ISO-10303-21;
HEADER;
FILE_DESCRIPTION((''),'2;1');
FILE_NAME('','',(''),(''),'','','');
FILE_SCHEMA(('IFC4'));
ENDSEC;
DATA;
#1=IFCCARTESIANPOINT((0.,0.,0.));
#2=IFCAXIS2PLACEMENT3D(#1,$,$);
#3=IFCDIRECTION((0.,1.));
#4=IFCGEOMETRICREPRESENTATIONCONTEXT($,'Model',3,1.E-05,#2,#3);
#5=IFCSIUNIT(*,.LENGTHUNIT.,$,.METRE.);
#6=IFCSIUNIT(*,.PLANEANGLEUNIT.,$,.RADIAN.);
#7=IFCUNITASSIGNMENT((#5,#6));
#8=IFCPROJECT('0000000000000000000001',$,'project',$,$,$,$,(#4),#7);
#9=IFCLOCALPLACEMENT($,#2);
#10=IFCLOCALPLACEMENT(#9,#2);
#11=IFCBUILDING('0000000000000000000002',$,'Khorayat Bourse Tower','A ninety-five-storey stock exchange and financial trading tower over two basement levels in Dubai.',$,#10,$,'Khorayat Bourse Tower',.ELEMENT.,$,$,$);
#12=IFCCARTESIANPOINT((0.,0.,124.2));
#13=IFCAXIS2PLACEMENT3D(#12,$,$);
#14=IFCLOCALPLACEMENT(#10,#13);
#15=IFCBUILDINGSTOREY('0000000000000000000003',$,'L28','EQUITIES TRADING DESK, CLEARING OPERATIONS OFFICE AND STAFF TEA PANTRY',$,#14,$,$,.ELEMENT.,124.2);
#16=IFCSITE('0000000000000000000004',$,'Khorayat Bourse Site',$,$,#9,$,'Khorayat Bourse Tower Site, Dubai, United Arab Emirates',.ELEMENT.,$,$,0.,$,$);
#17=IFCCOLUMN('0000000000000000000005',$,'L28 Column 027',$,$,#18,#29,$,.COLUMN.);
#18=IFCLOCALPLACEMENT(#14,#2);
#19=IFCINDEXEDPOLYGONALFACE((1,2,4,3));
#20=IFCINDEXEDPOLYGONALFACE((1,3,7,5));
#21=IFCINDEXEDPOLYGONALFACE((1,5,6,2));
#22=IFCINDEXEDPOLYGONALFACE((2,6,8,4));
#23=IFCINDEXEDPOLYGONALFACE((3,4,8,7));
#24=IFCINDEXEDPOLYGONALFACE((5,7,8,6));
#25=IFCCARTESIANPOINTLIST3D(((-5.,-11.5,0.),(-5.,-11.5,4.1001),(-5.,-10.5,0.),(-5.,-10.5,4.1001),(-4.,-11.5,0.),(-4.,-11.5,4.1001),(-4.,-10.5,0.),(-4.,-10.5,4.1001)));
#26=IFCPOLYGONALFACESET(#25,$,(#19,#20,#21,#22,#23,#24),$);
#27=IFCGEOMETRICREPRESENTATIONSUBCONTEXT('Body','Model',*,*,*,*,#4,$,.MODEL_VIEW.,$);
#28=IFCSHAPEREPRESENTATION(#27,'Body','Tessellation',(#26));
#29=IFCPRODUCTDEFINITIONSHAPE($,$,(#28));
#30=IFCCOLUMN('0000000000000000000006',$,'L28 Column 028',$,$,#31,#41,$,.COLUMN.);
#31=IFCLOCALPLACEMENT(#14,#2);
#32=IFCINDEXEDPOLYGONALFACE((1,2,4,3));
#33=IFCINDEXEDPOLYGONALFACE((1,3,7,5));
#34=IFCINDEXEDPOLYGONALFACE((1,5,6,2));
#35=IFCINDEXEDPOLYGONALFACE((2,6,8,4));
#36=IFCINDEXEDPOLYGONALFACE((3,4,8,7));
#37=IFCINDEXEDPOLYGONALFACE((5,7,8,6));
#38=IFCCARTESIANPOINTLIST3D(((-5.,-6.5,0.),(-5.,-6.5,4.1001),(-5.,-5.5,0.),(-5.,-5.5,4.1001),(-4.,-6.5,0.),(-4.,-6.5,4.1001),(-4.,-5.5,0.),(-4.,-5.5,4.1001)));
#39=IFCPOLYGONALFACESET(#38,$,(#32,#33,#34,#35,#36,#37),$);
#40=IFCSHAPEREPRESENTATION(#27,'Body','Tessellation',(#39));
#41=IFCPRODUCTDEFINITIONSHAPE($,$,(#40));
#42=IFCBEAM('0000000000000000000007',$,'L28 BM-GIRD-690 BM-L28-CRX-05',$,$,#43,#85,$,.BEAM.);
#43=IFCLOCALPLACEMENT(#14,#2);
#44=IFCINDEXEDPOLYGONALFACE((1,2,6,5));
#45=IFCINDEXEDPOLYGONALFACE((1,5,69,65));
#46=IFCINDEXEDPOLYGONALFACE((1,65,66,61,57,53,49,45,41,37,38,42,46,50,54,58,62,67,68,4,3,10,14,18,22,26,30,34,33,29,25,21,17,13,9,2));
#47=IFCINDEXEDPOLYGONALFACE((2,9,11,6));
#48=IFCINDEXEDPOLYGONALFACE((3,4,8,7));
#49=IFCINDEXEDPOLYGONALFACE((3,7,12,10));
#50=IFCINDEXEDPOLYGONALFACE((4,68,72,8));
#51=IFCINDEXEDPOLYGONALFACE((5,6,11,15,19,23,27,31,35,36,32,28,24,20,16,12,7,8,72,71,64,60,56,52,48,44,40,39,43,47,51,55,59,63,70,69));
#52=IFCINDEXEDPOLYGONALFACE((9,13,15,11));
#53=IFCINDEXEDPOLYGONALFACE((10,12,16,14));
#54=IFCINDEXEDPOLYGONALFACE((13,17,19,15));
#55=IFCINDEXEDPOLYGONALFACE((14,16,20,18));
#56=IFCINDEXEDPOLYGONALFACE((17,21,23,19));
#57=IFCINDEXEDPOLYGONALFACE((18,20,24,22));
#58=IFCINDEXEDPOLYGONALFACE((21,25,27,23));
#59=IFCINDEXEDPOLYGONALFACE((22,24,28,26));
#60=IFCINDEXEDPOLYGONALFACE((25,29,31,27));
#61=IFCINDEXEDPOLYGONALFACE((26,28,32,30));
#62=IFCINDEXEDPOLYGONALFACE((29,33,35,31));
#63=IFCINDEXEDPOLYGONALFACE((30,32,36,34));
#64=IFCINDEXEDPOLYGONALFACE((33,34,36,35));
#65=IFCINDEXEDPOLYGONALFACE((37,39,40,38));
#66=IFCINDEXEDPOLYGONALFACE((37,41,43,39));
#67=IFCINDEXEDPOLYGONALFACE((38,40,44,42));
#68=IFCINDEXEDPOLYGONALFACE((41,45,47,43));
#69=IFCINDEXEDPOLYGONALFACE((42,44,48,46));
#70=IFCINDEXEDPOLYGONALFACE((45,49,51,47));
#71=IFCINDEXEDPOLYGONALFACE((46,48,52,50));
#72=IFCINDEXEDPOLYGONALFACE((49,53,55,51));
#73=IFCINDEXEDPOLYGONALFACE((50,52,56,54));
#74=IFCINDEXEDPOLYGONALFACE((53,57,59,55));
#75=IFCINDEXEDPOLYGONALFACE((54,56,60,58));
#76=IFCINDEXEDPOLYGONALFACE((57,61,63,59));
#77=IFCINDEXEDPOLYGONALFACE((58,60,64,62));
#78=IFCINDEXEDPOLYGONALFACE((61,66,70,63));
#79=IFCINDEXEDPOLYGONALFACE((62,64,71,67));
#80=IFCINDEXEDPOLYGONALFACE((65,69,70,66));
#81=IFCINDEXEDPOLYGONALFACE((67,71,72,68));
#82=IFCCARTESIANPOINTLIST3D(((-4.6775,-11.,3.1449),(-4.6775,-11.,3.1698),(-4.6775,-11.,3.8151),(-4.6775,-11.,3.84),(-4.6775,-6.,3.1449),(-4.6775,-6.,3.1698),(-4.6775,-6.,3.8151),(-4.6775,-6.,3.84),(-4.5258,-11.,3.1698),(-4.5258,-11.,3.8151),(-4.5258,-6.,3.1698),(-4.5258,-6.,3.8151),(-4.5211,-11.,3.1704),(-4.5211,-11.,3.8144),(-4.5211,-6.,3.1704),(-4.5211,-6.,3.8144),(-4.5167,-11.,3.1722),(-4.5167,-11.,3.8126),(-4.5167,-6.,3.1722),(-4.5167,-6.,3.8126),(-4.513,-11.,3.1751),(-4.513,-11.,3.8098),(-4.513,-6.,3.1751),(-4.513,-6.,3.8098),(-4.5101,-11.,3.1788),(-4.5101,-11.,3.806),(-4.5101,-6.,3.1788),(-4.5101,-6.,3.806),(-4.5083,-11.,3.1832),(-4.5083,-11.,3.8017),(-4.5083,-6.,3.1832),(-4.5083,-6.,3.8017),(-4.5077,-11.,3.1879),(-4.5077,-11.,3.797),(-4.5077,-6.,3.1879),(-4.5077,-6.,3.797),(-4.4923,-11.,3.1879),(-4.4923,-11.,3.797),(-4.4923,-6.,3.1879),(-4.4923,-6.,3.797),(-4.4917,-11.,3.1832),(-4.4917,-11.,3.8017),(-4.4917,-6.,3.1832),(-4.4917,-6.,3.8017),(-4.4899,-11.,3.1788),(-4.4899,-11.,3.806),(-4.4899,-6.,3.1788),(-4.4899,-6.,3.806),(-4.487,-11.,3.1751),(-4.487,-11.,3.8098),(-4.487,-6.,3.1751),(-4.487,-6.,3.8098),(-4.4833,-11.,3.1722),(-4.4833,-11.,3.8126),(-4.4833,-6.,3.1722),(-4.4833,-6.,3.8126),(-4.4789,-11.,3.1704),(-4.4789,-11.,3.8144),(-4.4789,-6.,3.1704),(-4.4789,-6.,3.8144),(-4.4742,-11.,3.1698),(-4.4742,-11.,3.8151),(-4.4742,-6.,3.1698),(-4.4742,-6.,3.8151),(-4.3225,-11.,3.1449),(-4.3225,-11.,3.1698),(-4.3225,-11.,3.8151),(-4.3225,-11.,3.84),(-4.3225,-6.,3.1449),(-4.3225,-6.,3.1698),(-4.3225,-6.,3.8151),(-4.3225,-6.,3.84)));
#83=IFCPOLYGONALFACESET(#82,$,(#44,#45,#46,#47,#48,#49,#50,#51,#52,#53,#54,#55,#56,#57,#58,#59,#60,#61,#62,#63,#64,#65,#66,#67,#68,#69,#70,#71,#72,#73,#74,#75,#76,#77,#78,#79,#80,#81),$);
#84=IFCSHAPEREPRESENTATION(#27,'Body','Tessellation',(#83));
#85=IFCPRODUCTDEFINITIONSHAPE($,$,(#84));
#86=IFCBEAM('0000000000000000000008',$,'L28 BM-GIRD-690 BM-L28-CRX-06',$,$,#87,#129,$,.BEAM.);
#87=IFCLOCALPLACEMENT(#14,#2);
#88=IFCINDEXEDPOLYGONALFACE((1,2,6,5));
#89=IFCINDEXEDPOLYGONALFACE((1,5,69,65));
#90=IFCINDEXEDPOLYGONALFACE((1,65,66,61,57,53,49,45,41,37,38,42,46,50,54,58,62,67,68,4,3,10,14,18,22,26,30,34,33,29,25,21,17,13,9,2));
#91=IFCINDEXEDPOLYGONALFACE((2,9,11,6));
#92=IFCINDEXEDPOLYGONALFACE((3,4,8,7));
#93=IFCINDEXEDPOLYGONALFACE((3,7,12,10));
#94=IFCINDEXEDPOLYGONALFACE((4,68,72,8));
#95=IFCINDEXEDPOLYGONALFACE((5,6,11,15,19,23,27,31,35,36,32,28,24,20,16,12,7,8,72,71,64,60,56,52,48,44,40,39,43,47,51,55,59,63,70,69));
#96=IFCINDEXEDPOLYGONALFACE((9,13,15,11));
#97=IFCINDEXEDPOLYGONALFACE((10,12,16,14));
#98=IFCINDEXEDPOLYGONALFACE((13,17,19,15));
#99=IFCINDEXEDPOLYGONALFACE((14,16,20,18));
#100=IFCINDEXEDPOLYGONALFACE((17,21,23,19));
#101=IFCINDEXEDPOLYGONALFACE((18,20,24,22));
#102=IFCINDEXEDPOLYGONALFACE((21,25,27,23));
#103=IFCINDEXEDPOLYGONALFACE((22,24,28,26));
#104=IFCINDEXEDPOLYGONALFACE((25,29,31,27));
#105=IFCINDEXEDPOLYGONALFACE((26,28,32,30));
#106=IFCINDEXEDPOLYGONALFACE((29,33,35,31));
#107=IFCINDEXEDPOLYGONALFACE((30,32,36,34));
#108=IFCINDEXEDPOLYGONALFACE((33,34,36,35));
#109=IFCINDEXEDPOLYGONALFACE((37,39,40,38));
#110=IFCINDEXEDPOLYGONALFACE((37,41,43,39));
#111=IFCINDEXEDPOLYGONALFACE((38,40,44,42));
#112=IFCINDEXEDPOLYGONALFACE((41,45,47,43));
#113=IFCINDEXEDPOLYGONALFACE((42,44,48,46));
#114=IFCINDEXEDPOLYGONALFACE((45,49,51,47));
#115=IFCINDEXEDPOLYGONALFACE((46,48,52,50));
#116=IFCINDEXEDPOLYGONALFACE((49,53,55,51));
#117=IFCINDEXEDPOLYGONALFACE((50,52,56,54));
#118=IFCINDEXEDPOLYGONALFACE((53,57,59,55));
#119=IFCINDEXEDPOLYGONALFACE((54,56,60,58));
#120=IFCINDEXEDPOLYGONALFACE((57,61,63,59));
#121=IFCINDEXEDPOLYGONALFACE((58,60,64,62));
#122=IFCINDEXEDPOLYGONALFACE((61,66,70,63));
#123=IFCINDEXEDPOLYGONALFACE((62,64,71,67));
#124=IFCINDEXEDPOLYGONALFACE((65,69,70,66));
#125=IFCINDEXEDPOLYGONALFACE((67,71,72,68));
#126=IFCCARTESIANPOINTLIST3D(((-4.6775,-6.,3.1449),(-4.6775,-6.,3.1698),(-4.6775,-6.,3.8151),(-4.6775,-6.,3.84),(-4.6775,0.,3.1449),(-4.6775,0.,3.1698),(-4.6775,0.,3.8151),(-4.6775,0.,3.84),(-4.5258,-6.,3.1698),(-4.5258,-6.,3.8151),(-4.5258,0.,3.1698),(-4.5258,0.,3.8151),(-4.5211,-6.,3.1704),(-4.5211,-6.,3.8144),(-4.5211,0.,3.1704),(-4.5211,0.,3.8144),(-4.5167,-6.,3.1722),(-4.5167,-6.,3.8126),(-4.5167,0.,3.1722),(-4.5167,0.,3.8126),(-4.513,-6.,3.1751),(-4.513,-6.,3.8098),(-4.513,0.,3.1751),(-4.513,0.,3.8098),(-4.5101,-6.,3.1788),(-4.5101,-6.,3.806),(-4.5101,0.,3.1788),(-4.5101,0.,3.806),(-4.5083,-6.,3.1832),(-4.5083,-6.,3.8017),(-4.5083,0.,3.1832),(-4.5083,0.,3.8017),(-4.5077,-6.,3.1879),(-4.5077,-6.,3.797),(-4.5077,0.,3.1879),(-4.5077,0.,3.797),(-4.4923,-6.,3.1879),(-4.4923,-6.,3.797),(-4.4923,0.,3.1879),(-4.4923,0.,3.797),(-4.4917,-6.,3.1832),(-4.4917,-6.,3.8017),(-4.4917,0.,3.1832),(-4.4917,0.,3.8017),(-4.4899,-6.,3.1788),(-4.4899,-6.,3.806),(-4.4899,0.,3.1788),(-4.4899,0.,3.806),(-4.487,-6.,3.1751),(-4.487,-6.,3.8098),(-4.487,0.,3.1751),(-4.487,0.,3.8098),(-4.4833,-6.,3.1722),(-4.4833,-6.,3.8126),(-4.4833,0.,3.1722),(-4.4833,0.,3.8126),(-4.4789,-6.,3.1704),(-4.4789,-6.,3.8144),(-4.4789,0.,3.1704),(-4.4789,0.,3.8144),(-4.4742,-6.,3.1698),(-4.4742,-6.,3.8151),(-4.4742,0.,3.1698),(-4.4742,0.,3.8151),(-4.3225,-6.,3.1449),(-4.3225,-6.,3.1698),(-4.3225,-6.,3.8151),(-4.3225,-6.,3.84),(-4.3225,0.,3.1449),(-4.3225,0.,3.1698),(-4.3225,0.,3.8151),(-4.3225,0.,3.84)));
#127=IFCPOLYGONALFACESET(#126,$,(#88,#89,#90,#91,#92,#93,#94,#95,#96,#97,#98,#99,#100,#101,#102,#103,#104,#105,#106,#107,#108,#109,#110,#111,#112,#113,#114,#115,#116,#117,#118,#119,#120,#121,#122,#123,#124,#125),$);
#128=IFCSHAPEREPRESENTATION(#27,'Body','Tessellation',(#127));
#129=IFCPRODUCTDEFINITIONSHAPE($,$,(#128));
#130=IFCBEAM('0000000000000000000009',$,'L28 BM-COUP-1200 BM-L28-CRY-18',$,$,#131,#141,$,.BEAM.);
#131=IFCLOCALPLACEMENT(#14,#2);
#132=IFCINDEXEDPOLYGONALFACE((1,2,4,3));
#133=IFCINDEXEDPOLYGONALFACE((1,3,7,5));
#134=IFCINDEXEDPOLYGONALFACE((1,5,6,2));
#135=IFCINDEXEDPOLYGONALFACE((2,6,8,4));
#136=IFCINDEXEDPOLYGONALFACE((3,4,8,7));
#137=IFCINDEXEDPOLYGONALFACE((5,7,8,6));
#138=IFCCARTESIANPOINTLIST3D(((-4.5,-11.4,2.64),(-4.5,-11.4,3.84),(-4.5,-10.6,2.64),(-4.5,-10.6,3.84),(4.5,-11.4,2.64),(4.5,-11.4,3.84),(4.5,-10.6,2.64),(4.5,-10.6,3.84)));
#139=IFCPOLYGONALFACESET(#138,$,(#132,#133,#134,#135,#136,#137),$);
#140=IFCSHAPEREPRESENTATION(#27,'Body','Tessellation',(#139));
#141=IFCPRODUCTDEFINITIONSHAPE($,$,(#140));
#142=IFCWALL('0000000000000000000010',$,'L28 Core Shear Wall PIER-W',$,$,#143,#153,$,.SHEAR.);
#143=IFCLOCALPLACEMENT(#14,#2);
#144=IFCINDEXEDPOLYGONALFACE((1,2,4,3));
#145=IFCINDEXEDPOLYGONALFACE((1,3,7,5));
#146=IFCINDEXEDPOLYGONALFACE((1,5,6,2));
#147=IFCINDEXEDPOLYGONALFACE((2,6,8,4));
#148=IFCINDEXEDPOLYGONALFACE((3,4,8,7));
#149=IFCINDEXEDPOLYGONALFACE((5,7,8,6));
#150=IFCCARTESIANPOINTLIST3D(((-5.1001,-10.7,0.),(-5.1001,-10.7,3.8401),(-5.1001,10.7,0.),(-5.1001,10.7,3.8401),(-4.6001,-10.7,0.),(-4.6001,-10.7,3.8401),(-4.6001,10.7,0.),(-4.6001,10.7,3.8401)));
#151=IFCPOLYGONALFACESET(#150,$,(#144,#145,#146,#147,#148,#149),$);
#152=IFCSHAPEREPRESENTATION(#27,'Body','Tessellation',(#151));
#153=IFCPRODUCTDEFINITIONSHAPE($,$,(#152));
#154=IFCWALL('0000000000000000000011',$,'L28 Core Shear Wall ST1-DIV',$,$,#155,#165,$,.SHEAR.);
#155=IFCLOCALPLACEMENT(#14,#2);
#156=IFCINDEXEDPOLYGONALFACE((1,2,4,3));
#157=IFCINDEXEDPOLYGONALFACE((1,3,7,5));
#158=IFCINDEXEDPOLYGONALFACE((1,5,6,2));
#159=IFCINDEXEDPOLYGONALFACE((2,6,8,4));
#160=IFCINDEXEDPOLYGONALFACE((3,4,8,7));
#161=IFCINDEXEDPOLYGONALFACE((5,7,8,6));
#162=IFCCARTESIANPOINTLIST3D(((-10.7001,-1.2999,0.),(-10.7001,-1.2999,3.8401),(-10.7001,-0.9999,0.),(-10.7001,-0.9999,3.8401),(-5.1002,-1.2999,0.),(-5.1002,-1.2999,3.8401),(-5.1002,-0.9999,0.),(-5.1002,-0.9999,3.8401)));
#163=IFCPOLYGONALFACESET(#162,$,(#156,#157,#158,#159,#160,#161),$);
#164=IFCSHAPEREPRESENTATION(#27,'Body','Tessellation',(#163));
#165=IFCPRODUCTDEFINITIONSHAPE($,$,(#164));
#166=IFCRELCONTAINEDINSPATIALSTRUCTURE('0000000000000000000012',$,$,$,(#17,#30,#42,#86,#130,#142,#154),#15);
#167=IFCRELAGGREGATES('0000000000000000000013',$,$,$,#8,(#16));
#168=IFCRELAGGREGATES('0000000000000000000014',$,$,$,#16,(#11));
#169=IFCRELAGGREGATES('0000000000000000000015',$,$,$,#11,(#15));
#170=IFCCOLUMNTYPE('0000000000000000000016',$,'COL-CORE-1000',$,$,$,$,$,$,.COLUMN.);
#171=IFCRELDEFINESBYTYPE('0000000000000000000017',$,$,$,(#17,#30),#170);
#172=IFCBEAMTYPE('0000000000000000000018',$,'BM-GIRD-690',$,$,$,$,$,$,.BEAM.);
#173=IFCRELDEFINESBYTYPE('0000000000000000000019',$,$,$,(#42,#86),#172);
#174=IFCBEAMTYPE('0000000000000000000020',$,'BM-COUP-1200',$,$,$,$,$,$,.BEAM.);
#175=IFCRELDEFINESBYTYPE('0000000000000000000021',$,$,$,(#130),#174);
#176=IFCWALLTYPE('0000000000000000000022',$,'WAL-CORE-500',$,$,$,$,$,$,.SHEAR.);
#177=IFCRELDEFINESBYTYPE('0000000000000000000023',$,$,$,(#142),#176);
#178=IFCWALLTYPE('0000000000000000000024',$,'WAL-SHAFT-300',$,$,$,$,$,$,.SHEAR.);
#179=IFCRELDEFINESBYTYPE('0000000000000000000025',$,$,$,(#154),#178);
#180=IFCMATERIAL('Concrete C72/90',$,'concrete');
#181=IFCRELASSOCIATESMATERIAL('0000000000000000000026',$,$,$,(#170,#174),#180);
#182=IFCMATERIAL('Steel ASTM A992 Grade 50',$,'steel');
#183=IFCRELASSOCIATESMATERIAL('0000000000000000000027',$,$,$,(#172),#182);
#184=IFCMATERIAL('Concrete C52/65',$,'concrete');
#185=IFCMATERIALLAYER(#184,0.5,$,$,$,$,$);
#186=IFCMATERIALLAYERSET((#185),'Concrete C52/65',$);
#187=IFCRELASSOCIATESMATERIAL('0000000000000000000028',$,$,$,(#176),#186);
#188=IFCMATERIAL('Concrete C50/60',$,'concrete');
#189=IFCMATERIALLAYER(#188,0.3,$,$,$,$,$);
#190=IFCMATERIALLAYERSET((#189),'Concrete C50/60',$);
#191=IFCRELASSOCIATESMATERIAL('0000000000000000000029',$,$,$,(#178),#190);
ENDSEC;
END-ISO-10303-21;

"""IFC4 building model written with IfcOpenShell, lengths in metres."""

from ifc_helpers import new_model, si_unit, direction, frame, frame_2d, origin, origin_2d, place, context, subcontext, project, spatial, rectangle, i_section, extrude, source, transform, mapped, material, layer, layer_set, material_profile, profile_set, type_object, element, save


model = new_model("IFC4")

# Units and contexts
model_context = context("Model", 3, precision=1e-05, world=origin(), true_north=direction((0.0, 1.0)))
body_context = subcontext(model_context, "Body", "Model", "MODEL_VIEW")
ifc_project = project(units=[si_unit("LENGTHUNIT", "METRE"), si_unit("PLANEANGLEUNIT", "RADIAN")], contexts=[model_context])

# Site, building, storey
site_placement = place(None, origin())
site = spatial("IfcSite", under=ifc_project, at=site_placement, Name="Khorayat Bourse Site", LongName="Khorayat Bourse Tower Site, Dubai, United Arab Emirates", CompositionType="ELEMENT", RefElevation=0.0)
building_placement = place(site_placement, origin())
building = spatial("IfcBuilding", under=site, at=building_placement, Name="Khorayat Bourse Tower", Description="A ninety-five-storey stock exchange and financial trading tower over two basement levels in Dubai.", LongName="Khorayat Bourse Tower", CompositionType="ELEMENT")
storey_placement = place(building_placement, frame((0.0, 0.0, 124.2)))
storey = spatial("IfcBuildingStorey", under=building, at=storey_placement, Name="L28", Description="EQUITIES TRADING DESK, CLEARING OPERATIONS OFFICE AND STAFF TEA PANTRY", CompositionType="ELEMENT", Elevation=124.2)

# Columns
ifc_material_1 = material(Name="Concrete C72/90", Category="concrete")
ifc_material_profile_1 = material_profile(ifc_material_1, rectangle(XDim=1.0, YDim=1.0, at=origin_2d()), Name="RC 1000x1000")
ifc_profile_set_1 = profile_set([ifc_material_profile_1], Name="Concrete C72/90")
column_type = type_object("IfcColumnType", Name="COL-CORE-1000", PredefinedType="COLUMN", material=ifc_profile_set_1)
shared_shape_1 = source(origin(), body_context, "Body", "SweptSolid", [
    extrude(rectangle(XDim=1.0, YDim=1.0, at=origin_2d()), origin(), (0.0, 0.0, 1.0), 4.1001),
])
for number, where, z_axis, x_axis, name in (
    (1, (-4.5, -11.0, 0.0), (0.0, 0.0, 1.0), (1.0, 0.0, 0.0), "L28 Column 027"),
    (2, (-4.5, -6.0, 0.0), (0.0, 0.0, 1.0), (1.0, 0.0, 0.0), "L28 Column 028"),
):
    element("IfcColumn", number, at=place(storey_placement, frame(where, z_axis=z_axis, x_axis=x_axis)), inside=storey, type_object=column_type, Name=name, PredefinedType="COLUMN", context=body_context, shape_type="MappedRepresentation", body=[
        mapped(shared_shape_1, transform((0.0, 0.0, 0.0), scale=1.0)),
    ])

# Beams
ifc_material_2 = material(Name="Steel ASTM A992 Grade 50", Category="steel")
ifc_material_profile_2 = material_profile(ifc_material_2, i_section(OverallWidth=0.355, OverallDepth=0.6951, WebThickness=0.0154, FlangeThickness=0.0249, FilletRadius=0.0181, at=origin_2d()), Name="W690X217")
ifc_profile_set_2 = profile_set([ifc_material_profile_2], Name="Steel ASTM A992 Grade 50")
beam_type_1 = type_object("IfcBeamType", Name="BM-GIRD-690", PredefinedType="BEAM", material=ifc_profile_set_2)
shared_shape_2 = source(origin(), body_context, "Body", "SweptSolid", [
    extrude(i_section(OverallWidth=0.355, OverallDepth=0.6951, WebThickness=0.0154, FlangeThickness=0.0249, FilletRadius=0.0181, at=origin_2d()), origin(), (0.0, 0.0, 1.0), 5.0),
])
beam_1_placement = place(storey_placement, frame((-4.5, -11.0, 3.4924), z_axis=(0.0, 1.0, 0.0), x_axis=(-1.0, 0.0, 0.0)))
element("IfcBeam", 3, at=beam_1_placement, inside=storey, type_object=beam_type_1, Name="L28 BM-GIRD-690 BM-L28-CRX-05", PredefinedType="BEAM", context=body_context, shape_type="MappedRepresentation", body=[
    mapped(shared_shape_2, transform((0.0, 0.0, 0.0), scale=1.0)),
])
shared_shape_3 = source(origin(), body_context, "Body", "SweptSolid", [
    extrude(i_section(OverallWidth=0.355, OverallDepth=0.6951, WebThickness=0.0154, FlangeThickness=0.0249, FilletRadius=0.0181, at=origin_2d()), origin(), (0.0, 0.0, 1.0), 6.0),
])
beam_2_placement = place(storey_placement, frame((-4.5, -6.0, 3.4924), z_axis=(0.0, 1.0, 0.0), x_axis=(-1.0, 0.0, 0.0)))
element("IfcBeam", 4, at=beam_2_placement, inside=storey, type_object=beam_type_1, Name="L28 BM-GIRD-690 BM-L28-CRX-06", PredefinedType="BEAM", context=body_context, shape_type="MappedRepresentation", body=[
    mapped(shared_shape_3, transform((0.0, 0.0, 0.0), scale=1.0)),
])
ifc_material_profile_3 = material_profile(ifc_material_1, rectangle(XDim=0.8, YDim=1.2, at=origin_2d()), Name="RC 800x1200")
ifc_profile_set_3 = profile_set([ifc_material_profile_3], Name="Concrete C72/90")
beam_type_2 = type_object("IfcBeamType", Name="BM-COUP-1200", PredefinedType="BEAM", material=ifc_profile_set_3)
shared_shape_4 = source(origin(), body_context, "Body", "SweptSolid", [
    extrude(rectangle(XDim=0.8, YDim=1.2, at=origin_2d()), origin(), (0.0, 0.0, 1.0), 9.0),
])
beam_3_placement = place(storey_placement, frame((-4.5, -11.0, 3.24), z_axis=(1.0, 0.0, 0.0), x_axis=(0.0, 1.0, 0.0)))
element("IfcBeam", 5, at=beam_3_placement, inside=storey, type_object=beam_type_2, Name="L28 BM-COUP-1200 BM-L28-CRY-18", PredefinedType="BEAM", context=body_context, shape_type="MappedRepresentation", body=[
    mapped(shared_shape_4, transform((0.0, 0.0, 0.0), scale=1.0)),
])

# Walls
ifc_material_3 = material(Name="Concrete C52/65", Category="concrete")
ifc_layer_1 = layer(ifc_material_3, 0.5)
ifc_layer_set_1 = layer_set([ifc_layer_1], Name="Concrete C52/65")
wall_type_1 = type_object("IfcWallType", Name="WAL-CORE-500", PredefinedType="SHEAR", material=ifc_layer_set_1)
shared_shape_5 = source(origin(), body_context, "Body", "SweptSolid", [
    extrude(rectangle(XDim=21.3999, YDim=0.5, at=frame_2d((10.7, 0.0))), origin(), (0.0, 0.0, 1.0), 3.8401),
])
wall_1_placement = place(storey_placement, frame((-4.8501, -10.7, 0.0), z_axis=(0.0, 0.0, 1.0), x_axis=(0.0, 1.0, 0.0)))
element("IfcWall", 6, at=wall_1_placement, inside=storey, type_object=wall_type_1, Name="L28 Core Shear Wall PIER-W", PredefinedType="SHEAR", context=body_context, shape_type="MappedRepresentation", body=[
    mapped(shared_shape_5, transform((0.0, 0.0, 0.0), scale=1.0)),
])
ifc_material_4 = material(Name="Concrete C50/60", Category="concrete")
ifc_layer_2 = layer(ifc_material_4, 0.3)
ifc_layer_set_2 = layer_set([ifc_layer_2], Name="Concrete C50/60")
wall_type_2 = type_object("IfcWallType", Name="WAL-SHAFT-300", PredefinedType="SHEAR", material=ifc_layer_set_2)
shared_shape_6 = source(origin(), body_context, "Body", "SweptSolid", [
    extrude(rectangle(XDim=5.5999, YDim=0.3, at=frame_2d((2.7998, 0.0))), origin(), (0.0, 0.0, 1.0), 3.8401),
])
wall_2_placement = place(storey_placement, frame((-10.7, -1.1499, 0.0), z_axis=(0.0, 0.0, 1.0), x_axis=(1.0, 0.0, 0.0)))
element("IfcWall", 7, at=wall_2_placement, inside=storey, type_object=wall_type_2, Name="L28 Core Shear Wall ST1-DIV", PredefinedType="SHEAR", context=body_context, shape_type="MappedRepresentation", body=[
    mapped(shared_shape_6, transform((0.0, 0.0, 0.0), scale=1.0)),
])

save(model, "model.ifc")
